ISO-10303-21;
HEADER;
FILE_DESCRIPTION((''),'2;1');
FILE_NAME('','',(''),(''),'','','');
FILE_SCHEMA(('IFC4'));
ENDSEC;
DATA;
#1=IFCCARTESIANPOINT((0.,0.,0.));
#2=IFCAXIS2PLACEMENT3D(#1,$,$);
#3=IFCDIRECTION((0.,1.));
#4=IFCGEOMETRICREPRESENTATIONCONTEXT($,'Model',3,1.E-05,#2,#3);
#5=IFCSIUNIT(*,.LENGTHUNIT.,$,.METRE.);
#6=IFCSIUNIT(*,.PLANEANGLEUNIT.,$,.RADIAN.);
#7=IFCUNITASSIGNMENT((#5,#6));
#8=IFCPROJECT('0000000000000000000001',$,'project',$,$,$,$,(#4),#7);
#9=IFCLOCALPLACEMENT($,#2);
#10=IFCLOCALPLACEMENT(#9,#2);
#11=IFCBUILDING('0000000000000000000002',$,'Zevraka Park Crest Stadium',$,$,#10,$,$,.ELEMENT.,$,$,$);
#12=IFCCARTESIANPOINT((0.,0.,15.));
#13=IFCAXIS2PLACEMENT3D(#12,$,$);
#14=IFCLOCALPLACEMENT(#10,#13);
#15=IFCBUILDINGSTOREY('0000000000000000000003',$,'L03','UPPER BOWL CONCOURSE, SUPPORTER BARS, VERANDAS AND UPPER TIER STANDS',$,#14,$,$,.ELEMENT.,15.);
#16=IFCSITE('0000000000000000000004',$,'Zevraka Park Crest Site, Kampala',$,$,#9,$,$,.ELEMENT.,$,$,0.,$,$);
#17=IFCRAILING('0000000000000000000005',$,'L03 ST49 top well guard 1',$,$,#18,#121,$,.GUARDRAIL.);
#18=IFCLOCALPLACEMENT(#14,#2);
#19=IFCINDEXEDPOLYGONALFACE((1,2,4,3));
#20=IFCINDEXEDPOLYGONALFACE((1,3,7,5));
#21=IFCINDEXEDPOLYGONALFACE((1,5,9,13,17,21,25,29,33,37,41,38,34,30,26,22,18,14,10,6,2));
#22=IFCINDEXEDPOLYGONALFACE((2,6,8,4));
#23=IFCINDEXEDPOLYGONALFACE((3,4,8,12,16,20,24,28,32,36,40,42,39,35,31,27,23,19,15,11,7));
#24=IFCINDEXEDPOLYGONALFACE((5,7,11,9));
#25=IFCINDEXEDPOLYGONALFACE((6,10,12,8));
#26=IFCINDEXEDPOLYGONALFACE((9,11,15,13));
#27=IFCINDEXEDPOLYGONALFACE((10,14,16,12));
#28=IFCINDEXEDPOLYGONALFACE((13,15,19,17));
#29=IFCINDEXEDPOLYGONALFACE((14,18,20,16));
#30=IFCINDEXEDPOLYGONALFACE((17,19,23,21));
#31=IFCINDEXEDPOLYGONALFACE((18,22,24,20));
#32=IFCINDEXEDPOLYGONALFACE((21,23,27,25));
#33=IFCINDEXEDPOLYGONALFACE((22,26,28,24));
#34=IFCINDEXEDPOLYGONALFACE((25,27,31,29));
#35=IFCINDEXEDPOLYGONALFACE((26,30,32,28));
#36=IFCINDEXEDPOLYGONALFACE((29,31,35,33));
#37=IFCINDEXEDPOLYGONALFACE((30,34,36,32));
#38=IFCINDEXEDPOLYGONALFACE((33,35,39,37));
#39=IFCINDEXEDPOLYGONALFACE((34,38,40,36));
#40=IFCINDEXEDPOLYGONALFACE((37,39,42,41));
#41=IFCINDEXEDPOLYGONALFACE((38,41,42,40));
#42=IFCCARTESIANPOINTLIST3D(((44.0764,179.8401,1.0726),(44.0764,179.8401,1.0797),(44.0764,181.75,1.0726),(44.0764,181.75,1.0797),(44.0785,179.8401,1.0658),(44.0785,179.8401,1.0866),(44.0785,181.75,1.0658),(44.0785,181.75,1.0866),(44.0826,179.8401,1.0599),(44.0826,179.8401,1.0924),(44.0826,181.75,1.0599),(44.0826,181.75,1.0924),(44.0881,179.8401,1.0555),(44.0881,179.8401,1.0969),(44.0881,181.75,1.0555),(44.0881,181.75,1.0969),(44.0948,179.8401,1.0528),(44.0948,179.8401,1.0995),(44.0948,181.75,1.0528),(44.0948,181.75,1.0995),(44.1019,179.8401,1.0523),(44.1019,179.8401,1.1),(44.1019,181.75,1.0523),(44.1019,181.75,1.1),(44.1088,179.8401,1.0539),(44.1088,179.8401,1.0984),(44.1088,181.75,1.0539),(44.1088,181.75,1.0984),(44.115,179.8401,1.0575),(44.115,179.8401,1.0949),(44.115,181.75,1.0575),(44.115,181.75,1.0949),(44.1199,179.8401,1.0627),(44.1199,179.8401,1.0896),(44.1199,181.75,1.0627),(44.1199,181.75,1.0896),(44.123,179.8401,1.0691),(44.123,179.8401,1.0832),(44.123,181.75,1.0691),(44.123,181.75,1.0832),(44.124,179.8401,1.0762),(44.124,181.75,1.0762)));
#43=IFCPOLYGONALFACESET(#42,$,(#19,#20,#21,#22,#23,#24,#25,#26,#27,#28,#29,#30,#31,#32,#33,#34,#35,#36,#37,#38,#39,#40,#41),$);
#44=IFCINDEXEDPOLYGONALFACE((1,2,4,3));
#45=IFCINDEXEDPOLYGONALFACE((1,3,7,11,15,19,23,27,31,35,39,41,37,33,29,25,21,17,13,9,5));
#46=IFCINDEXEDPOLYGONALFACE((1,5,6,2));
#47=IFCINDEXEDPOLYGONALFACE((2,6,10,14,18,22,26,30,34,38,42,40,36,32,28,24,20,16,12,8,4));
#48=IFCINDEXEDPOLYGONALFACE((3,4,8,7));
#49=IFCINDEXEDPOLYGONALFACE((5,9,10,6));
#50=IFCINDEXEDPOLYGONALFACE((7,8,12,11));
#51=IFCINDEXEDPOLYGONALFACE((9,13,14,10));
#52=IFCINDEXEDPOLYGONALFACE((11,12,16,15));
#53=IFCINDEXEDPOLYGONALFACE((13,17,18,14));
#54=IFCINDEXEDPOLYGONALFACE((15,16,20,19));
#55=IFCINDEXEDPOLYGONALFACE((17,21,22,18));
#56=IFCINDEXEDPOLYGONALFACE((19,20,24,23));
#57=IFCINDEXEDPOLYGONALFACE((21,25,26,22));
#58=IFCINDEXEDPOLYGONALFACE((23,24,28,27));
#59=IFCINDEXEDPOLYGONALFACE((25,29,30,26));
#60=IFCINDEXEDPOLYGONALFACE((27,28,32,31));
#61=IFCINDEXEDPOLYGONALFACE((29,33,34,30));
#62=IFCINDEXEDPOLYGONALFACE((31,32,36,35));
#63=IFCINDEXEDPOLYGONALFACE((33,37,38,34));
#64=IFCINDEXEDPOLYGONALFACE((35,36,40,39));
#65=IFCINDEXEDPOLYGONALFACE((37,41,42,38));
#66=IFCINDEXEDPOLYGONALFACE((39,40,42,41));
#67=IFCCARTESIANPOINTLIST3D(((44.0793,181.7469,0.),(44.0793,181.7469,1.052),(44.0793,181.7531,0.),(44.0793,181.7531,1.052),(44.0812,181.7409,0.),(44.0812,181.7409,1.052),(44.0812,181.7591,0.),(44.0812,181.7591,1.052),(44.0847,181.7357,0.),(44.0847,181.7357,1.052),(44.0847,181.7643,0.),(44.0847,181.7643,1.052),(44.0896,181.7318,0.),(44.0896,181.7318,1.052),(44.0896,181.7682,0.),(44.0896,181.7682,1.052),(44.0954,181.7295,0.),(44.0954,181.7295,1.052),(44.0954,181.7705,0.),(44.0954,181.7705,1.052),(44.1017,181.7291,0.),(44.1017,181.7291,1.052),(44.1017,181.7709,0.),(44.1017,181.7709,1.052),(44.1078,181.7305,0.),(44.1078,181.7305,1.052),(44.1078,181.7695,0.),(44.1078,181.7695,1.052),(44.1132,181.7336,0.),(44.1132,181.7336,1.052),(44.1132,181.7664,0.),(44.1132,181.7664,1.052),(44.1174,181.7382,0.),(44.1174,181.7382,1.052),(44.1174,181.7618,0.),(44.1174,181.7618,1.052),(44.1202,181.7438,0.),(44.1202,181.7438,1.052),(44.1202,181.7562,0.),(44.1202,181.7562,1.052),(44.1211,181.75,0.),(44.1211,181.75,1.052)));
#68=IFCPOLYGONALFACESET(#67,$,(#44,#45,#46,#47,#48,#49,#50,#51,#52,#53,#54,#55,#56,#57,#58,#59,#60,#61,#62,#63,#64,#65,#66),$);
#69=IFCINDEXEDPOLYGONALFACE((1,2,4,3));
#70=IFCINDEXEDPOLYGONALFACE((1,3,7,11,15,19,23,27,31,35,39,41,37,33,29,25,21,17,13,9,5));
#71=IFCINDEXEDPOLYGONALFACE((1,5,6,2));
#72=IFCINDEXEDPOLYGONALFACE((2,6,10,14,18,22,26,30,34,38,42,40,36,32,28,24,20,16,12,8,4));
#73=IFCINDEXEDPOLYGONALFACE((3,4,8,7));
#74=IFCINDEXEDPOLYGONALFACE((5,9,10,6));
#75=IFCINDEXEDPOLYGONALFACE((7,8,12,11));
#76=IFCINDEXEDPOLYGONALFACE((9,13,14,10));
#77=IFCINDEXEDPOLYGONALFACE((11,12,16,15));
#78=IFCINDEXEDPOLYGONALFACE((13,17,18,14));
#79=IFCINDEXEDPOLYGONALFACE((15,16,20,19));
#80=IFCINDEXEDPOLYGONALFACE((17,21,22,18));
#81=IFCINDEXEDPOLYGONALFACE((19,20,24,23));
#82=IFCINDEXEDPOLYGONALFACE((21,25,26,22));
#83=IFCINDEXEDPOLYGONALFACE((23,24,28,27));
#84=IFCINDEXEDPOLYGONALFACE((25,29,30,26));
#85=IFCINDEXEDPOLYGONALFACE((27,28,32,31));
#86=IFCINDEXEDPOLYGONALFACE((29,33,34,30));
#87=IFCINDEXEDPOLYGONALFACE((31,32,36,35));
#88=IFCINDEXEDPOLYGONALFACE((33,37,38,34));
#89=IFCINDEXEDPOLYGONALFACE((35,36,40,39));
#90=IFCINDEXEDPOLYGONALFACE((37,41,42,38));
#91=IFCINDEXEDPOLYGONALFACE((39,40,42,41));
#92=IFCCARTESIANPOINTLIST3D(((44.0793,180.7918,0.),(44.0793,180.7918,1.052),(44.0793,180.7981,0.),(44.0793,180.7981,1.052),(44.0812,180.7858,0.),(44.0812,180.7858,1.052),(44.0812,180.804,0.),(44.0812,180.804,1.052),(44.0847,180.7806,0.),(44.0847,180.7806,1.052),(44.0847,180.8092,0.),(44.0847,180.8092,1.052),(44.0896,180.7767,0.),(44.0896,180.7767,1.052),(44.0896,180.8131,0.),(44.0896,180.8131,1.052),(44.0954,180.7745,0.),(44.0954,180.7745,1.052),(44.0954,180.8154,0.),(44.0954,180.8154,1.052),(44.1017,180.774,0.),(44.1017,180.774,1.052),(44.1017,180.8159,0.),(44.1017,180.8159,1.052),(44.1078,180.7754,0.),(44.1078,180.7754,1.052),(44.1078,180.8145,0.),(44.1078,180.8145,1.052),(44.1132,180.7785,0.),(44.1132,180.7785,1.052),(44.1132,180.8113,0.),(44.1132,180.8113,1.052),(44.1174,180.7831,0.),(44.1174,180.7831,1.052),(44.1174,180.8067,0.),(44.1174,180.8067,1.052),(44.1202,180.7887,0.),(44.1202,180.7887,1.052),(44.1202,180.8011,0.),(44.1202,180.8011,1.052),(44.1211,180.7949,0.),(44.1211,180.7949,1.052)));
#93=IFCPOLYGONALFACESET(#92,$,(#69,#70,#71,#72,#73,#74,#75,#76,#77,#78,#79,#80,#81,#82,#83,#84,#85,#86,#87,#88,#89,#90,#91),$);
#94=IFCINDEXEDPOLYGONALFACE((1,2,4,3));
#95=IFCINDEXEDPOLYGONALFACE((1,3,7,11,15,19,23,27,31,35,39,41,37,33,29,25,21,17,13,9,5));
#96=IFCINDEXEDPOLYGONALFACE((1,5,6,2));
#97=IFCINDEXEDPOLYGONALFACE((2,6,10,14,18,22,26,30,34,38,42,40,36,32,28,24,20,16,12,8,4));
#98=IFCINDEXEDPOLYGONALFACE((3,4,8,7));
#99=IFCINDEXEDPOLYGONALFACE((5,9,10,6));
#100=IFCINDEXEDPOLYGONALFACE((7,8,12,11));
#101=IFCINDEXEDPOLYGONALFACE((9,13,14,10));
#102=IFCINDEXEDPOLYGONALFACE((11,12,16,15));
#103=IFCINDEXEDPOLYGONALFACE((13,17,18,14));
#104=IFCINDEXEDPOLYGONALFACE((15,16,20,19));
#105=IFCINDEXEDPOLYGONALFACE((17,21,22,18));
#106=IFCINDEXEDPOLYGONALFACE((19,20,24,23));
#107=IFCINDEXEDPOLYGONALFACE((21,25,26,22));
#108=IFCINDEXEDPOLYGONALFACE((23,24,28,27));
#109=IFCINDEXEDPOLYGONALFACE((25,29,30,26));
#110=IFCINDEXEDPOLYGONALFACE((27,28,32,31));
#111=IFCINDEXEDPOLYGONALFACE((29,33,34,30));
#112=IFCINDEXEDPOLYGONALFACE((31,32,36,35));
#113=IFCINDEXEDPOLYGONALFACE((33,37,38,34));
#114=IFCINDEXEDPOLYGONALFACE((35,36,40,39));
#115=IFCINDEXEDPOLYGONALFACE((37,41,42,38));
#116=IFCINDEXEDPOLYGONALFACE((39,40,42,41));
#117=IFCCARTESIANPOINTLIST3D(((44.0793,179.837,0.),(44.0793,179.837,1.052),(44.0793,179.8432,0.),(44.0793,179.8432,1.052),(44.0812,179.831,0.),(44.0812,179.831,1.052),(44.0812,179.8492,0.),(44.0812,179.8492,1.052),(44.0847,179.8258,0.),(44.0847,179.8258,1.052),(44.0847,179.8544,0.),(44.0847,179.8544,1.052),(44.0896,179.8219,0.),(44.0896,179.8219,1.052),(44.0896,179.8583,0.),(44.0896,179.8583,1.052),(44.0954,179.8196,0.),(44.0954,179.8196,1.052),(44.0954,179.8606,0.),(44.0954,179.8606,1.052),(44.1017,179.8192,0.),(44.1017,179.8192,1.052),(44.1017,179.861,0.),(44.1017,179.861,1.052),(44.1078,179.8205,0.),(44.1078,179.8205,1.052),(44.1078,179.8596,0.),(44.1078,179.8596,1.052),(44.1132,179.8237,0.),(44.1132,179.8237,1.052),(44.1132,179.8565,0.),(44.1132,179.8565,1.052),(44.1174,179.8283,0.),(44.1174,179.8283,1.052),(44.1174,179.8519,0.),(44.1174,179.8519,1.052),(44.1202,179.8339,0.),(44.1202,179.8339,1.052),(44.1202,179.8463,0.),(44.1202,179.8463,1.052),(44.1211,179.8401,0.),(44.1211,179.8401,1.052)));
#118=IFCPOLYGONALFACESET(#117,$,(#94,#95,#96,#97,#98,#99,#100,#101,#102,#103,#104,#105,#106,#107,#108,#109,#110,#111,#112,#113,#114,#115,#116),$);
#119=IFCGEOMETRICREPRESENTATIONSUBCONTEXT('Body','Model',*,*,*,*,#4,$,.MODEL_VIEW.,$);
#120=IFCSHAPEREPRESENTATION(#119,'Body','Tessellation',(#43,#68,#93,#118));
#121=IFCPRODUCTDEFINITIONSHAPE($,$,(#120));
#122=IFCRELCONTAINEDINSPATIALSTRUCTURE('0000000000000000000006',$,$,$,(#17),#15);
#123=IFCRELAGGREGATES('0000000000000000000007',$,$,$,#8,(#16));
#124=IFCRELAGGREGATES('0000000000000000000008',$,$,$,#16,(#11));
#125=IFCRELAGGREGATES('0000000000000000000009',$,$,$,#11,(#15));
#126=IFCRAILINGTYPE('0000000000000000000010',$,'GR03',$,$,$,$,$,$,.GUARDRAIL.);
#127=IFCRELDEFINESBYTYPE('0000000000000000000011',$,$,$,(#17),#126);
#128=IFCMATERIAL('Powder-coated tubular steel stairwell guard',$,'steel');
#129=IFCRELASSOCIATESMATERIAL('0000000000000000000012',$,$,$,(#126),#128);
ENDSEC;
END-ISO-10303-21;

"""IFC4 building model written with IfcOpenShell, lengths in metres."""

from ifc_helpers import new_model, si_unit, direction, frame, origin, origin_2d, place, context, subcontext, project, spatial, circle, extrude, material, type_object, element, save


model = new_model("IFC4")

# Units and contexts
model_context = context("Model", 3, precision=1e-05, world=origin(), true_north=direction((0.0, 1.0)))
body_context = subcontext(model_context, "Body", "Model", "MODEL_VIEW")
ifc_project = project(units=[si_unit("LENGTHUNIT", "METRE"), si_unit("PLANEANGLEUNIT", "RADIAN")], contexts=[model_context])

# Site, building, storey
site_placement = place(None, origin())
site = spatial("IfcSite", under=ifc_project, at=site_placement, Name="Zevraka Park Crest Site, Kampala", CompositionType="ELEMENT", RefElevation=0.0)
building_placement = place(site_placement, origin())
building = spatial("IfcBuilding", under=site, at=building_placement, Name="Zevraka Park Crest Stadium", CompositionType="ELEMENT")
storey_placement = place(building_placement, frame((0.0, 0.0, 15.0)))
storey = spatial("IfcBuildingStorey", under=building, at=storey_placement, Name="L03", Description="UPPER BOWL CONCOURSE, SUPPORTER BARS, VERANDAS AND UPPER TIER STANDS", CompositionType="ELEMENT", Elevation=15.0)

# Railing
ifc_material_1 = material(Name="Powder-coated tubular steel stairwell guard", Category="steel")
railing_type = type_object("IfcRailingType", Name="GR03", PredefinedType="GUARDRAIL", material=ifc_material_1)
railing_placement = place(storey_placement, frame((44.1001, 181.75, 0.0)))
element("IfcRailing", 1, at=railing_placement, inside=storey, type_object=railing_type, Name="L03 ST49 top well guard 1", PredefinedType="GUARDRAIL", context=body_context, shape_type="SweptSolid", body=[
    extrude(circle(Radius=0.0239, at=origin_2d()), frame((0.0, 0.0, 1.0762), z_axis=(0.0, -1.0, 0.0), x_axis=(1.0, 0.0, 0.0)), (0.0, 0.0, 1.0), 1.9099),
    extrude(circle(Radius=0.021, at=origin_2d()), origin(), (0.0, 0.0, 1.0), 1.052),
    extrude(circle(Radius=0.021, at=origin_2d()), frame((0.0, -0.9551, 0.0)), (0.0, 0.0, 1.0), 1.052),
    extrude(circle(Radius=0.021, at=origin_2d()), frame((0.0, -1.9099, 0.0)), (0.0, 0.0, 1.0), 1.052),
])

save(model, "model.ifc")
